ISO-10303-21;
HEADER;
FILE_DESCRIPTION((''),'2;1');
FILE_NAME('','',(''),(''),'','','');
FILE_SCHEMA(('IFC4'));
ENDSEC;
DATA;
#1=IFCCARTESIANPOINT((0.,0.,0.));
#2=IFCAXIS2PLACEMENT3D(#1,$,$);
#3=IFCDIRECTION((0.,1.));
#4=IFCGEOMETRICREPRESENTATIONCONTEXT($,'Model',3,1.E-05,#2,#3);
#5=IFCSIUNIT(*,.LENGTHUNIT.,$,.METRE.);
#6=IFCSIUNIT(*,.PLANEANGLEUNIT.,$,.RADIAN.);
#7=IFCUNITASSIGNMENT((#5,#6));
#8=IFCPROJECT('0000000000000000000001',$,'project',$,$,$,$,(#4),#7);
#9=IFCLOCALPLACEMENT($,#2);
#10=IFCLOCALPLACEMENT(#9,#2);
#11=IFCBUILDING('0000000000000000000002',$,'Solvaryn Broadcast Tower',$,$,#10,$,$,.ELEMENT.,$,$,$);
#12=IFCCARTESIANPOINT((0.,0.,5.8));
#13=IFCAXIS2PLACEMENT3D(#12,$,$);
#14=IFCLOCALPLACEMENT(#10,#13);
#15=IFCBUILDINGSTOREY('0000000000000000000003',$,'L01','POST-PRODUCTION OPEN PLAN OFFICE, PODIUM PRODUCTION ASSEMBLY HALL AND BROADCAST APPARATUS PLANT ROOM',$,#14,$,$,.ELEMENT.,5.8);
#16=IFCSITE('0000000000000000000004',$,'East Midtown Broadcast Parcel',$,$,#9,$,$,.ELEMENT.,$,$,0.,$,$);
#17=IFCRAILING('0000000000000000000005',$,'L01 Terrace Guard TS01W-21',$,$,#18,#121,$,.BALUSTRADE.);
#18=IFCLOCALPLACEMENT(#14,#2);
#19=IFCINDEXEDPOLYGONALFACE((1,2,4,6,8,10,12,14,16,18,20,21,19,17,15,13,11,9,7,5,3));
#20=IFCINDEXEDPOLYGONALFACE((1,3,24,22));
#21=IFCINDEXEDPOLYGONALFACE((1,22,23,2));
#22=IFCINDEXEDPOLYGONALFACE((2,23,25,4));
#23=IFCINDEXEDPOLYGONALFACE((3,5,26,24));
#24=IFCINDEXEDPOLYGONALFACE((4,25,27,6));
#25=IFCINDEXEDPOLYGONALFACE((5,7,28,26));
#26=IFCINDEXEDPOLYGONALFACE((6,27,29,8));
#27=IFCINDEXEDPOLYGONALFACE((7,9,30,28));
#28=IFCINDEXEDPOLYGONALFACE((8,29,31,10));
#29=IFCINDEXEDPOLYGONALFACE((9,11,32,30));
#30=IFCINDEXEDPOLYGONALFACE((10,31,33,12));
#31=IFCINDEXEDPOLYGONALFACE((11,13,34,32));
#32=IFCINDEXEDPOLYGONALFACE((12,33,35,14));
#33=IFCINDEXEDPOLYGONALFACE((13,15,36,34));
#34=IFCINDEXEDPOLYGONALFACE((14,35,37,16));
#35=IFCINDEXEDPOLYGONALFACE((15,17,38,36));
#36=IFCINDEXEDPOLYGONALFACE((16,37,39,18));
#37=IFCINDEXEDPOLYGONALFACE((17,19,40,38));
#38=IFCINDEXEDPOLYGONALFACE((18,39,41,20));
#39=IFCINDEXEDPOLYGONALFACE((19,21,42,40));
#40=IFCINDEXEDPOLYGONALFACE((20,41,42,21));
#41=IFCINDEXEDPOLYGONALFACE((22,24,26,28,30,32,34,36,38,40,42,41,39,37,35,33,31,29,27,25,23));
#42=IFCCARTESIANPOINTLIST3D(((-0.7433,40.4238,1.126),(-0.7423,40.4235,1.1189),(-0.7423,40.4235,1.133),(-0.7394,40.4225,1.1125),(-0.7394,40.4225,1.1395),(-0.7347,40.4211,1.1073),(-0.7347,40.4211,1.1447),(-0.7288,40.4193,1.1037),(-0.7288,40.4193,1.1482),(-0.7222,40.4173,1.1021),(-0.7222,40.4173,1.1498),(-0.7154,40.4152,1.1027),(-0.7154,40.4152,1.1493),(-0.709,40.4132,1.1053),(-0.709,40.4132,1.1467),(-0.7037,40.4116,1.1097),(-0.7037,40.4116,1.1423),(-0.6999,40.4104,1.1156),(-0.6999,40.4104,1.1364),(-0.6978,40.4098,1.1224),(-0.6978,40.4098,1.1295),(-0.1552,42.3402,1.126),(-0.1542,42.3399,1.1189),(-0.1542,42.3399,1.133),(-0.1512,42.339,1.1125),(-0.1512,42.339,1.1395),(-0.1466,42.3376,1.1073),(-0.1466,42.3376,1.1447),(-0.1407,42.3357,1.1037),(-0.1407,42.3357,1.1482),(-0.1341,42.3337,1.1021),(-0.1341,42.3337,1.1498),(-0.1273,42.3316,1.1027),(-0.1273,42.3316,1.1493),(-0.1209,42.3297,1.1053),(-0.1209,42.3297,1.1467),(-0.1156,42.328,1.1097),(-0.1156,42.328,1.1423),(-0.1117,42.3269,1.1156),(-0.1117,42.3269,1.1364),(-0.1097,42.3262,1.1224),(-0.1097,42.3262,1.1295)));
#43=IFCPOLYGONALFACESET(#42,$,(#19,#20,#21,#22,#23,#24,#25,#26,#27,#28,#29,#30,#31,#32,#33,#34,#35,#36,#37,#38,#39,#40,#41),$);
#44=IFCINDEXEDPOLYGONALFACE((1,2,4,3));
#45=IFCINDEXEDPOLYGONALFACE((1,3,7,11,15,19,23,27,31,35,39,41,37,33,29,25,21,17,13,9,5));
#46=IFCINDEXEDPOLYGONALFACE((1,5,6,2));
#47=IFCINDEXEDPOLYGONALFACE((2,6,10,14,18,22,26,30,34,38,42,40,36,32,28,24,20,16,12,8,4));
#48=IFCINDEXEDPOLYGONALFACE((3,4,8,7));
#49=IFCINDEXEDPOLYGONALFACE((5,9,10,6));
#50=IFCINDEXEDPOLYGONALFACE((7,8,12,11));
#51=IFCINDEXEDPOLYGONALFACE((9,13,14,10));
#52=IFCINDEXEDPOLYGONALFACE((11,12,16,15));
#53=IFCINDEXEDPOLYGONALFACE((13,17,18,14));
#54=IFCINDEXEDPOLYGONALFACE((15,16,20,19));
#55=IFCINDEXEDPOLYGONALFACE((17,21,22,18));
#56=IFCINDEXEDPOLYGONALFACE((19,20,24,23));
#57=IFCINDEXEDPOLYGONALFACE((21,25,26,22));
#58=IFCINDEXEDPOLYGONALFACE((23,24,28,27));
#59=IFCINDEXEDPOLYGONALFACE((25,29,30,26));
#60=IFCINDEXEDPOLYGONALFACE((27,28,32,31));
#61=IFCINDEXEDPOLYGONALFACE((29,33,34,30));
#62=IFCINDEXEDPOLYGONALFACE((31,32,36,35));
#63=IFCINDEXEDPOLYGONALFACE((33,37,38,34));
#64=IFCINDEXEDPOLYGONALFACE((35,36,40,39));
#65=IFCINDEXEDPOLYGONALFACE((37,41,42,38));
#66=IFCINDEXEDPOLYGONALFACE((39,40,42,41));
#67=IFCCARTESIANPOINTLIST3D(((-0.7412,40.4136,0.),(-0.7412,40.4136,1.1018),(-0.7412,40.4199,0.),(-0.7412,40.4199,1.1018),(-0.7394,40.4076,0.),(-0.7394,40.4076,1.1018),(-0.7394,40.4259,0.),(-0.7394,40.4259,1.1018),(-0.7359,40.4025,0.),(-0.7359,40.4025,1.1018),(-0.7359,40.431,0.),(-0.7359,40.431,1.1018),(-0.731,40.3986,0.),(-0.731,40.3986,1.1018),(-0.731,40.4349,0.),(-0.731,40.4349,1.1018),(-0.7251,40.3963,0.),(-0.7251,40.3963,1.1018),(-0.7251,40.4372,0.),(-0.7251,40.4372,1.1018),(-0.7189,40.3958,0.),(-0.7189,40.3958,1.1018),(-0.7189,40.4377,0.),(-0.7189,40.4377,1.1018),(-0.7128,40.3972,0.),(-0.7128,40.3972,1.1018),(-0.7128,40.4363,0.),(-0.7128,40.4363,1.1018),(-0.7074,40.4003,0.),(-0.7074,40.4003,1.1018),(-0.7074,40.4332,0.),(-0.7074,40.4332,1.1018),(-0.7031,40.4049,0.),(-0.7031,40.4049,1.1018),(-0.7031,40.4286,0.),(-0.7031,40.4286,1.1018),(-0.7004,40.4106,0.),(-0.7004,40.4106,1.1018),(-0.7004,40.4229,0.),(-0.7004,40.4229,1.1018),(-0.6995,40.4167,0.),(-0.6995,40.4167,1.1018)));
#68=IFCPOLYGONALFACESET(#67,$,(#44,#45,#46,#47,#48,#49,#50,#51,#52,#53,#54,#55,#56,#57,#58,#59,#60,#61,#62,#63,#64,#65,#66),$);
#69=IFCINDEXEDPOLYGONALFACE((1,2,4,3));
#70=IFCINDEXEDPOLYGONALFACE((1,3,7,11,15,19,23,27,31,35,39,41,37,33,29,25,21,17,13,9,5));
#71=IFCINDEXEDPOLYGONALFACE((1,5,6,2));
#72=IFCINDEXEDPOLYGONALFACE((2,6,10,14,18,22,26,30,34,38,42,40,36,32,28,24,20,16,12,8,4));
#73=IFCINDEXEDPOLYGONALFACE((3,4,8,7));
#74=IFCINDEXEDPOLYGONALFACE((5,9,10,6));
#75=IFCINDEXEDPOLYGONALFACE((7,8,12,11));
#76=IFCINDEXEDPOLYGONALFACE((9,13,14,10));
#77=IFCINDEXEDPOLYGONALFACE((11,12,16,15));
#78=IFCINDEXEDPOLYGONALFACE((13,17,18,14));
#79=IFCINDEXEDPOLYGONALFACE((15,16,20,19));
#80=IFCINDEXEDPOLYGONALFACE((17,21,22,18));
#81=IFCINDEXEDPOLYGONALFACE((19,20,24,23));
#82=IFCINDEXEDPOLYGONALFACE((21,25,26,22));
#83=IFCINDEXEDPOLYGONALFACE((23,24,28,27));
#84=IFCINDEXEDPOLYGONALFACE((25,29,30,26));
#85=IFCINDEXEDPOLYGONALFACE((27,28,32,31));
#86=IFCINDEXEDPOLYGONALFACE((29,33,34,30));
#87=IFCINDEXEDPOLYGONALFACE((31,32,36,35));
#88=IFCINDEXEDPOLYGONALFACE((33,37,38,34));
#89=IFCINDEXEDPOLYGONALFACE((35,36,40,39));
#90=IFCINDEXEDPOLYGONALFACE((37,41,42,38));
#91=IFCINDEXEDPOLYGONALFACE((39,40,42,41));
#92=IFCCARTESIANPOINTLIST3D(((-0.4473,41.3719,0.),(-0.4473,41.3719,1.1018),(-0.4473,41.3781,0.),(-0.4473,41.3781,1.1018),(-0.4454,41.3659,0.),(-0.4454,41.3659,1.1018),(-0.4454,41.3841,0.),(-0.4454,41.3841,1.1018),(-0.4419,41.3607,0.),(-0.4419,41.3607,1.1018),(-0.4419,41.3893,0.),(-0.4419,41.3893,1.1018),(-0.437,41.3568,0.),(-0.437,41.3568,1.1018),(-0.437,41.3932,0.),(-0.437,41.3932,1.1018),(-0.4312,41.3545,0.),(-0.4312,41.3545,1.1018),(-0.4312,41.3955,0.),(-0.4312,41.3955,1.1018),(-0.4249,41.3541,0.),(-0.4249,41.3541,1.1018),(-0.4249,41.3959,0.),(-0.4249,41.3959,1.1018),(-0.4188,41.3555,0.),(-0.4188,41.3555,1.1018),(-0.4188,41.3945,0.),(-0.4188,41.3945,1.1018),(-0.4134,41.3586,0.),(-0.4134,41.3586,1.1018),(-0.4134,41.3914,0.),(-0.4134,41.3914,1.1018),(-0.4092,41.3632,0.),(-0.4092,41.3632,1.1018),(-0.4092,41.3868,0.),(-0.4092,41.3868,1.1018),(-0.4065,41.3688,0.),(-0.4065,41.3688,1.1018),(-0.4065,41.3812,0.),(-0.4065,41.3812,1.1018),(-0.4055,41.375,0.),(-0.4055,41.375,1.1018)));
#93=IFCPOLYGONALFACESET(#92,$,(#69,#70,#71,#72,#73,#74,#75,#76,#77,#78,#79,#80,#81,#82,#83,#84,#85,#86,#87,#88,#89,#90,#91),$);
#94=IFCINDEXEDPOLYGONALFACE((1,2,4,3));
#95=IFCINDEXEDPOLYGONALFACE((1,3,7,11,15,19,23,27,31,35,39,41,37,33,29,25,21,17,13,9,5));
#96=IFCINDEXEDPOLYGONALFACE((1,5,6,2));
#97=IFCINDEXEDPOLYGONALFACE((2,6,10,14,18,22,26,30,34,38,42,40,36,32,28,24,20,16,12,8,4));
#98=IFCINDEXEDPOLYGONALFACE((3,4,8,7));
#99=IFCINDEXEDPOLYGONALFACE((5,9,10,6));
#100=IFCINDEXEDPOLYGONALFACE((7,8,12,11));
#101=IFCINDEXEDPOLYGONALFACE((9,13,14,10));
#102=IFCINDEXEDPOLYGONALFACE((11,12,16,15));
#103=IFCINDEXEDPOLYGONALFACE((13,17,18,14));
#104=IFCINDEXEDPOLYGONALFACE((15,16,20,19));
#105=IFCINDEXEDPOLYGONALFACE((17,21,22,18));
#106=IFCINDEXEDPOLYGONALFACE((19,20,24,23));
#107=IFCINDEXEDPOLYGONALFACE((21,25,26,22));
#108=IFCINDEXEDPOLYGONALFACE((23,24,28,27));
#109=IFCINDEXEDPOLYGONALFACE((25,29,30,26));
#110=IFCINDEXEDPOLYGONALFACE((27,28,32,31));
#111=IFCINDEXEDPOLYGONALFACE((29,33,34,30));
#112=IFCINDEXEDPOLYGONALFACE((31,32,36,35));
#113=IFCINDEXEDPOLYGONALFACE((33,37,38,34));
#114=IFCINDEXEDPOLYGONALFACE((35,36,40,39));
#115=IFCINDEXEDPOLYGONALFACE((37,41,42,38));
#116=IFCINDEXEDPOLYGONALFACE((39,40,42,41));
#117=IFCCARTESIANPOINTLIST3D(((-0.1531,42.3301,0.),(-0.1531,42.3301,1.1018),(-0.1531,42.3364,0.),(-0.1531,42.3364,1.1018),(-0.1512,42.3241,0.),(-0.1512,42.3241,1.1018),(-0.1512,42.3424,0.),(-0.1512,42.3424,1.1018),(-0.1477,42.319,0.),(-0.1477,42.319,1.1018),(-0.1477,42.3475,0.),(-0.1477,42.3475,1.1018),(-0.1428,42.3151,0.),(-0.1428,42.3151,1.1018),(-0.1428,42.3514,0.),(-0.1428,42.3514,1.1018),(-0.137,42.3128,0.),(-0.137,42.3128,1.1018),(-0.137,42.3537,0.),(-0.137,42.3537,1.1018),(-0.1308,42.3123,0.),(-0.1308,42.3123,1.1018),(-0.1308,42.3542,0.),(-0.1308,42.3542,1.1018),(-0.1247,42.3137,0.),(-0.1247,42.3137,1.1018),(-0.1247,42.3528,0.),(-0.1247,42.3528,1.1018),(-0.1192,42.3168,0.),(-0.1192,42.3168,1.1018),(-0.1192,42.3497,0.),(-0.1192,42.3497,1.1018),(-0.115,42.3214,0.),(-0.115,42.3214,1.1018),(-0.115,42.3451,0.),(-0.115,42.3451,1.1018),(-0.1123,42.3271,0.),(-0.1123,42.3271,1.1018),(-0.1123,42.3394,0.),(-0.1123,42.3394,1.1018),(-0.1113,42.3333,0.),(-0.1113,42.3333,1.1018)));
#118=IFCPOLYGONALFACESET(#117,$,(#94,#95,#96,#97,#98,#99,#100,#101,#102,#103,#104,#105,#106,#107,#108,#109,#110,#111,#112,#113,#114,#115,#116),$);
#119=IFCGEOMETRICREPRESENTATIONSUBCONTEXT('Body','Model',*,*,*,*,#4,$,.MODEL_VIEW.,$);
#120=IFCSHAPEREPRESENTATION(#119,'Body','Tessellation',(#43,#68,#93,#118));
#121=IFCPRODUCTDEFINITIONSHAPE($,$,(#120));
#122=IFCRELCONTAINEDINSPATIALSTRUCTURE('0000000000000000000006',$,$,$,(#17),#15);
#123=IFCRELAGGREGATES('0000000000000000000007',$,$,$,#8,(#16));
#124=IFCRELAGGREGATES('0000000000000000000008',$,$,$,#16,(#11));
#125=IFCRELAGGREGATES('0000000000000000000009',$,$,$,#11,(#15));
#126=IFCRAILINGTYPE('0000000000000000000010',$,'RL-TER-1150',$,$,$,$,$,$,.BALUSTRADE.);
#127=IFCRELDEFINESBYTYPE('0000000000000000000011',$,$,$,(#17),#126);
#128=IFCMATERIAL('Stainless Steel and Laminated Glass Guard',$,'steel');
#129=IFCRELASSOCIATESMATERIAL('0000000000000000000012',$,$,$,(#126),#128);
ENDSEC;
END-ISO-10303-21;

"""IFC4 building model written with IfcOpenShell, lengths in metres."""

from ifc_helpers import new_model, si_unit, direction, frame, origin, origin_2d, place, context, subcontext, project, spatial, circle, extrude, material, type_object, element, save


model = new_model("IFC4")

# Units and contexts
model_context = context("Model", 3, precision=1e-05, world=origin(), true_north=direction((0.0, 1.0)))
body_context = subcontext(model_context, "Body", "Model", "MODEL_VIEW")
ifc_project = project(units=[si_unit("LENGTHUNIT", "METRE"), si_unit("PLANEANGLEUNIT", "RADIAN")], contexts=[model_context])

# Site, building, storey
site_placement = place(None, origin())
site = spatial("IfcSite", under=ifc_project, at=site_placement, Name="East Midtown Broadcast Parcel", CompositionType="ELEMENT", RefElevation=0.0)
building_placement = place(site_placement, origin())
building = spatial("IfcBuilding", under=site, at=building_placement, Name="Solvaryn Broadcast Tower", CompositionType="ELEMENT")
storey_placement = place(building_placement, frame((0.0, 0.0, 5.8)))
storey = spatial("IfcBuildingStorey", under=building, at=storey_placement, Name="L01", Description="POST-PRODUCTION OPEN PLAN OFFICE, PODIUM PRODUCTION ASSEMBLY HALL AND BROADCAST APPARATUS PLANT ROOM", CompositionType="ELEMENT", Elevation=5.8)

# Railing
ifc_material_1 = material(Name="Stainless Steel and Laminated Glass Guard", Category="steel")
railing_type = type_object("IfcRailingType", Name="RL-TER-1150", PredefinedType="BALUSTRADE", material=ifc_material_1)
railing_1_placement = place(storey_placement, frame((-0.7205, 40.4167, 0.0)))
element("IfcRailing", 1, at=railing_1_placement, inside=storey, type_object=railing_type, Name="L01 Terrace Guard TS01W-21", PredefinedType="BALUSTRADE", context=body_context, shape_type="SweptSolid", body=[
    extrude(circle(Radius=0.0239, at=origin_2d()), frame((0.0, 0.0, 1.126), z_axis=(0.293375, 0.955997, 0.0), x_axis=(-0.955997, 0.293375, 0.0)), (0.0, 0.0, 1.0), 2.0046),
    extrude(circle(Radius=0.021, at=origin_2d()), origin(), (0.0, 0.0, 1.0), 1.1018),
    extrude(circle(Radius=0.021, at=origin_2d()), frame((0.2939, 0.9583, 0.0)), (0.0, 0.0, 1.0), 1.1018),
    extrude(circle(Radius=0.021, at=origin_2d()), frame((0.5881, 1.9165, 0.0)), (0.0, 0.0, 1.0), 1.1018),
])

save(model, "model.ifc")
